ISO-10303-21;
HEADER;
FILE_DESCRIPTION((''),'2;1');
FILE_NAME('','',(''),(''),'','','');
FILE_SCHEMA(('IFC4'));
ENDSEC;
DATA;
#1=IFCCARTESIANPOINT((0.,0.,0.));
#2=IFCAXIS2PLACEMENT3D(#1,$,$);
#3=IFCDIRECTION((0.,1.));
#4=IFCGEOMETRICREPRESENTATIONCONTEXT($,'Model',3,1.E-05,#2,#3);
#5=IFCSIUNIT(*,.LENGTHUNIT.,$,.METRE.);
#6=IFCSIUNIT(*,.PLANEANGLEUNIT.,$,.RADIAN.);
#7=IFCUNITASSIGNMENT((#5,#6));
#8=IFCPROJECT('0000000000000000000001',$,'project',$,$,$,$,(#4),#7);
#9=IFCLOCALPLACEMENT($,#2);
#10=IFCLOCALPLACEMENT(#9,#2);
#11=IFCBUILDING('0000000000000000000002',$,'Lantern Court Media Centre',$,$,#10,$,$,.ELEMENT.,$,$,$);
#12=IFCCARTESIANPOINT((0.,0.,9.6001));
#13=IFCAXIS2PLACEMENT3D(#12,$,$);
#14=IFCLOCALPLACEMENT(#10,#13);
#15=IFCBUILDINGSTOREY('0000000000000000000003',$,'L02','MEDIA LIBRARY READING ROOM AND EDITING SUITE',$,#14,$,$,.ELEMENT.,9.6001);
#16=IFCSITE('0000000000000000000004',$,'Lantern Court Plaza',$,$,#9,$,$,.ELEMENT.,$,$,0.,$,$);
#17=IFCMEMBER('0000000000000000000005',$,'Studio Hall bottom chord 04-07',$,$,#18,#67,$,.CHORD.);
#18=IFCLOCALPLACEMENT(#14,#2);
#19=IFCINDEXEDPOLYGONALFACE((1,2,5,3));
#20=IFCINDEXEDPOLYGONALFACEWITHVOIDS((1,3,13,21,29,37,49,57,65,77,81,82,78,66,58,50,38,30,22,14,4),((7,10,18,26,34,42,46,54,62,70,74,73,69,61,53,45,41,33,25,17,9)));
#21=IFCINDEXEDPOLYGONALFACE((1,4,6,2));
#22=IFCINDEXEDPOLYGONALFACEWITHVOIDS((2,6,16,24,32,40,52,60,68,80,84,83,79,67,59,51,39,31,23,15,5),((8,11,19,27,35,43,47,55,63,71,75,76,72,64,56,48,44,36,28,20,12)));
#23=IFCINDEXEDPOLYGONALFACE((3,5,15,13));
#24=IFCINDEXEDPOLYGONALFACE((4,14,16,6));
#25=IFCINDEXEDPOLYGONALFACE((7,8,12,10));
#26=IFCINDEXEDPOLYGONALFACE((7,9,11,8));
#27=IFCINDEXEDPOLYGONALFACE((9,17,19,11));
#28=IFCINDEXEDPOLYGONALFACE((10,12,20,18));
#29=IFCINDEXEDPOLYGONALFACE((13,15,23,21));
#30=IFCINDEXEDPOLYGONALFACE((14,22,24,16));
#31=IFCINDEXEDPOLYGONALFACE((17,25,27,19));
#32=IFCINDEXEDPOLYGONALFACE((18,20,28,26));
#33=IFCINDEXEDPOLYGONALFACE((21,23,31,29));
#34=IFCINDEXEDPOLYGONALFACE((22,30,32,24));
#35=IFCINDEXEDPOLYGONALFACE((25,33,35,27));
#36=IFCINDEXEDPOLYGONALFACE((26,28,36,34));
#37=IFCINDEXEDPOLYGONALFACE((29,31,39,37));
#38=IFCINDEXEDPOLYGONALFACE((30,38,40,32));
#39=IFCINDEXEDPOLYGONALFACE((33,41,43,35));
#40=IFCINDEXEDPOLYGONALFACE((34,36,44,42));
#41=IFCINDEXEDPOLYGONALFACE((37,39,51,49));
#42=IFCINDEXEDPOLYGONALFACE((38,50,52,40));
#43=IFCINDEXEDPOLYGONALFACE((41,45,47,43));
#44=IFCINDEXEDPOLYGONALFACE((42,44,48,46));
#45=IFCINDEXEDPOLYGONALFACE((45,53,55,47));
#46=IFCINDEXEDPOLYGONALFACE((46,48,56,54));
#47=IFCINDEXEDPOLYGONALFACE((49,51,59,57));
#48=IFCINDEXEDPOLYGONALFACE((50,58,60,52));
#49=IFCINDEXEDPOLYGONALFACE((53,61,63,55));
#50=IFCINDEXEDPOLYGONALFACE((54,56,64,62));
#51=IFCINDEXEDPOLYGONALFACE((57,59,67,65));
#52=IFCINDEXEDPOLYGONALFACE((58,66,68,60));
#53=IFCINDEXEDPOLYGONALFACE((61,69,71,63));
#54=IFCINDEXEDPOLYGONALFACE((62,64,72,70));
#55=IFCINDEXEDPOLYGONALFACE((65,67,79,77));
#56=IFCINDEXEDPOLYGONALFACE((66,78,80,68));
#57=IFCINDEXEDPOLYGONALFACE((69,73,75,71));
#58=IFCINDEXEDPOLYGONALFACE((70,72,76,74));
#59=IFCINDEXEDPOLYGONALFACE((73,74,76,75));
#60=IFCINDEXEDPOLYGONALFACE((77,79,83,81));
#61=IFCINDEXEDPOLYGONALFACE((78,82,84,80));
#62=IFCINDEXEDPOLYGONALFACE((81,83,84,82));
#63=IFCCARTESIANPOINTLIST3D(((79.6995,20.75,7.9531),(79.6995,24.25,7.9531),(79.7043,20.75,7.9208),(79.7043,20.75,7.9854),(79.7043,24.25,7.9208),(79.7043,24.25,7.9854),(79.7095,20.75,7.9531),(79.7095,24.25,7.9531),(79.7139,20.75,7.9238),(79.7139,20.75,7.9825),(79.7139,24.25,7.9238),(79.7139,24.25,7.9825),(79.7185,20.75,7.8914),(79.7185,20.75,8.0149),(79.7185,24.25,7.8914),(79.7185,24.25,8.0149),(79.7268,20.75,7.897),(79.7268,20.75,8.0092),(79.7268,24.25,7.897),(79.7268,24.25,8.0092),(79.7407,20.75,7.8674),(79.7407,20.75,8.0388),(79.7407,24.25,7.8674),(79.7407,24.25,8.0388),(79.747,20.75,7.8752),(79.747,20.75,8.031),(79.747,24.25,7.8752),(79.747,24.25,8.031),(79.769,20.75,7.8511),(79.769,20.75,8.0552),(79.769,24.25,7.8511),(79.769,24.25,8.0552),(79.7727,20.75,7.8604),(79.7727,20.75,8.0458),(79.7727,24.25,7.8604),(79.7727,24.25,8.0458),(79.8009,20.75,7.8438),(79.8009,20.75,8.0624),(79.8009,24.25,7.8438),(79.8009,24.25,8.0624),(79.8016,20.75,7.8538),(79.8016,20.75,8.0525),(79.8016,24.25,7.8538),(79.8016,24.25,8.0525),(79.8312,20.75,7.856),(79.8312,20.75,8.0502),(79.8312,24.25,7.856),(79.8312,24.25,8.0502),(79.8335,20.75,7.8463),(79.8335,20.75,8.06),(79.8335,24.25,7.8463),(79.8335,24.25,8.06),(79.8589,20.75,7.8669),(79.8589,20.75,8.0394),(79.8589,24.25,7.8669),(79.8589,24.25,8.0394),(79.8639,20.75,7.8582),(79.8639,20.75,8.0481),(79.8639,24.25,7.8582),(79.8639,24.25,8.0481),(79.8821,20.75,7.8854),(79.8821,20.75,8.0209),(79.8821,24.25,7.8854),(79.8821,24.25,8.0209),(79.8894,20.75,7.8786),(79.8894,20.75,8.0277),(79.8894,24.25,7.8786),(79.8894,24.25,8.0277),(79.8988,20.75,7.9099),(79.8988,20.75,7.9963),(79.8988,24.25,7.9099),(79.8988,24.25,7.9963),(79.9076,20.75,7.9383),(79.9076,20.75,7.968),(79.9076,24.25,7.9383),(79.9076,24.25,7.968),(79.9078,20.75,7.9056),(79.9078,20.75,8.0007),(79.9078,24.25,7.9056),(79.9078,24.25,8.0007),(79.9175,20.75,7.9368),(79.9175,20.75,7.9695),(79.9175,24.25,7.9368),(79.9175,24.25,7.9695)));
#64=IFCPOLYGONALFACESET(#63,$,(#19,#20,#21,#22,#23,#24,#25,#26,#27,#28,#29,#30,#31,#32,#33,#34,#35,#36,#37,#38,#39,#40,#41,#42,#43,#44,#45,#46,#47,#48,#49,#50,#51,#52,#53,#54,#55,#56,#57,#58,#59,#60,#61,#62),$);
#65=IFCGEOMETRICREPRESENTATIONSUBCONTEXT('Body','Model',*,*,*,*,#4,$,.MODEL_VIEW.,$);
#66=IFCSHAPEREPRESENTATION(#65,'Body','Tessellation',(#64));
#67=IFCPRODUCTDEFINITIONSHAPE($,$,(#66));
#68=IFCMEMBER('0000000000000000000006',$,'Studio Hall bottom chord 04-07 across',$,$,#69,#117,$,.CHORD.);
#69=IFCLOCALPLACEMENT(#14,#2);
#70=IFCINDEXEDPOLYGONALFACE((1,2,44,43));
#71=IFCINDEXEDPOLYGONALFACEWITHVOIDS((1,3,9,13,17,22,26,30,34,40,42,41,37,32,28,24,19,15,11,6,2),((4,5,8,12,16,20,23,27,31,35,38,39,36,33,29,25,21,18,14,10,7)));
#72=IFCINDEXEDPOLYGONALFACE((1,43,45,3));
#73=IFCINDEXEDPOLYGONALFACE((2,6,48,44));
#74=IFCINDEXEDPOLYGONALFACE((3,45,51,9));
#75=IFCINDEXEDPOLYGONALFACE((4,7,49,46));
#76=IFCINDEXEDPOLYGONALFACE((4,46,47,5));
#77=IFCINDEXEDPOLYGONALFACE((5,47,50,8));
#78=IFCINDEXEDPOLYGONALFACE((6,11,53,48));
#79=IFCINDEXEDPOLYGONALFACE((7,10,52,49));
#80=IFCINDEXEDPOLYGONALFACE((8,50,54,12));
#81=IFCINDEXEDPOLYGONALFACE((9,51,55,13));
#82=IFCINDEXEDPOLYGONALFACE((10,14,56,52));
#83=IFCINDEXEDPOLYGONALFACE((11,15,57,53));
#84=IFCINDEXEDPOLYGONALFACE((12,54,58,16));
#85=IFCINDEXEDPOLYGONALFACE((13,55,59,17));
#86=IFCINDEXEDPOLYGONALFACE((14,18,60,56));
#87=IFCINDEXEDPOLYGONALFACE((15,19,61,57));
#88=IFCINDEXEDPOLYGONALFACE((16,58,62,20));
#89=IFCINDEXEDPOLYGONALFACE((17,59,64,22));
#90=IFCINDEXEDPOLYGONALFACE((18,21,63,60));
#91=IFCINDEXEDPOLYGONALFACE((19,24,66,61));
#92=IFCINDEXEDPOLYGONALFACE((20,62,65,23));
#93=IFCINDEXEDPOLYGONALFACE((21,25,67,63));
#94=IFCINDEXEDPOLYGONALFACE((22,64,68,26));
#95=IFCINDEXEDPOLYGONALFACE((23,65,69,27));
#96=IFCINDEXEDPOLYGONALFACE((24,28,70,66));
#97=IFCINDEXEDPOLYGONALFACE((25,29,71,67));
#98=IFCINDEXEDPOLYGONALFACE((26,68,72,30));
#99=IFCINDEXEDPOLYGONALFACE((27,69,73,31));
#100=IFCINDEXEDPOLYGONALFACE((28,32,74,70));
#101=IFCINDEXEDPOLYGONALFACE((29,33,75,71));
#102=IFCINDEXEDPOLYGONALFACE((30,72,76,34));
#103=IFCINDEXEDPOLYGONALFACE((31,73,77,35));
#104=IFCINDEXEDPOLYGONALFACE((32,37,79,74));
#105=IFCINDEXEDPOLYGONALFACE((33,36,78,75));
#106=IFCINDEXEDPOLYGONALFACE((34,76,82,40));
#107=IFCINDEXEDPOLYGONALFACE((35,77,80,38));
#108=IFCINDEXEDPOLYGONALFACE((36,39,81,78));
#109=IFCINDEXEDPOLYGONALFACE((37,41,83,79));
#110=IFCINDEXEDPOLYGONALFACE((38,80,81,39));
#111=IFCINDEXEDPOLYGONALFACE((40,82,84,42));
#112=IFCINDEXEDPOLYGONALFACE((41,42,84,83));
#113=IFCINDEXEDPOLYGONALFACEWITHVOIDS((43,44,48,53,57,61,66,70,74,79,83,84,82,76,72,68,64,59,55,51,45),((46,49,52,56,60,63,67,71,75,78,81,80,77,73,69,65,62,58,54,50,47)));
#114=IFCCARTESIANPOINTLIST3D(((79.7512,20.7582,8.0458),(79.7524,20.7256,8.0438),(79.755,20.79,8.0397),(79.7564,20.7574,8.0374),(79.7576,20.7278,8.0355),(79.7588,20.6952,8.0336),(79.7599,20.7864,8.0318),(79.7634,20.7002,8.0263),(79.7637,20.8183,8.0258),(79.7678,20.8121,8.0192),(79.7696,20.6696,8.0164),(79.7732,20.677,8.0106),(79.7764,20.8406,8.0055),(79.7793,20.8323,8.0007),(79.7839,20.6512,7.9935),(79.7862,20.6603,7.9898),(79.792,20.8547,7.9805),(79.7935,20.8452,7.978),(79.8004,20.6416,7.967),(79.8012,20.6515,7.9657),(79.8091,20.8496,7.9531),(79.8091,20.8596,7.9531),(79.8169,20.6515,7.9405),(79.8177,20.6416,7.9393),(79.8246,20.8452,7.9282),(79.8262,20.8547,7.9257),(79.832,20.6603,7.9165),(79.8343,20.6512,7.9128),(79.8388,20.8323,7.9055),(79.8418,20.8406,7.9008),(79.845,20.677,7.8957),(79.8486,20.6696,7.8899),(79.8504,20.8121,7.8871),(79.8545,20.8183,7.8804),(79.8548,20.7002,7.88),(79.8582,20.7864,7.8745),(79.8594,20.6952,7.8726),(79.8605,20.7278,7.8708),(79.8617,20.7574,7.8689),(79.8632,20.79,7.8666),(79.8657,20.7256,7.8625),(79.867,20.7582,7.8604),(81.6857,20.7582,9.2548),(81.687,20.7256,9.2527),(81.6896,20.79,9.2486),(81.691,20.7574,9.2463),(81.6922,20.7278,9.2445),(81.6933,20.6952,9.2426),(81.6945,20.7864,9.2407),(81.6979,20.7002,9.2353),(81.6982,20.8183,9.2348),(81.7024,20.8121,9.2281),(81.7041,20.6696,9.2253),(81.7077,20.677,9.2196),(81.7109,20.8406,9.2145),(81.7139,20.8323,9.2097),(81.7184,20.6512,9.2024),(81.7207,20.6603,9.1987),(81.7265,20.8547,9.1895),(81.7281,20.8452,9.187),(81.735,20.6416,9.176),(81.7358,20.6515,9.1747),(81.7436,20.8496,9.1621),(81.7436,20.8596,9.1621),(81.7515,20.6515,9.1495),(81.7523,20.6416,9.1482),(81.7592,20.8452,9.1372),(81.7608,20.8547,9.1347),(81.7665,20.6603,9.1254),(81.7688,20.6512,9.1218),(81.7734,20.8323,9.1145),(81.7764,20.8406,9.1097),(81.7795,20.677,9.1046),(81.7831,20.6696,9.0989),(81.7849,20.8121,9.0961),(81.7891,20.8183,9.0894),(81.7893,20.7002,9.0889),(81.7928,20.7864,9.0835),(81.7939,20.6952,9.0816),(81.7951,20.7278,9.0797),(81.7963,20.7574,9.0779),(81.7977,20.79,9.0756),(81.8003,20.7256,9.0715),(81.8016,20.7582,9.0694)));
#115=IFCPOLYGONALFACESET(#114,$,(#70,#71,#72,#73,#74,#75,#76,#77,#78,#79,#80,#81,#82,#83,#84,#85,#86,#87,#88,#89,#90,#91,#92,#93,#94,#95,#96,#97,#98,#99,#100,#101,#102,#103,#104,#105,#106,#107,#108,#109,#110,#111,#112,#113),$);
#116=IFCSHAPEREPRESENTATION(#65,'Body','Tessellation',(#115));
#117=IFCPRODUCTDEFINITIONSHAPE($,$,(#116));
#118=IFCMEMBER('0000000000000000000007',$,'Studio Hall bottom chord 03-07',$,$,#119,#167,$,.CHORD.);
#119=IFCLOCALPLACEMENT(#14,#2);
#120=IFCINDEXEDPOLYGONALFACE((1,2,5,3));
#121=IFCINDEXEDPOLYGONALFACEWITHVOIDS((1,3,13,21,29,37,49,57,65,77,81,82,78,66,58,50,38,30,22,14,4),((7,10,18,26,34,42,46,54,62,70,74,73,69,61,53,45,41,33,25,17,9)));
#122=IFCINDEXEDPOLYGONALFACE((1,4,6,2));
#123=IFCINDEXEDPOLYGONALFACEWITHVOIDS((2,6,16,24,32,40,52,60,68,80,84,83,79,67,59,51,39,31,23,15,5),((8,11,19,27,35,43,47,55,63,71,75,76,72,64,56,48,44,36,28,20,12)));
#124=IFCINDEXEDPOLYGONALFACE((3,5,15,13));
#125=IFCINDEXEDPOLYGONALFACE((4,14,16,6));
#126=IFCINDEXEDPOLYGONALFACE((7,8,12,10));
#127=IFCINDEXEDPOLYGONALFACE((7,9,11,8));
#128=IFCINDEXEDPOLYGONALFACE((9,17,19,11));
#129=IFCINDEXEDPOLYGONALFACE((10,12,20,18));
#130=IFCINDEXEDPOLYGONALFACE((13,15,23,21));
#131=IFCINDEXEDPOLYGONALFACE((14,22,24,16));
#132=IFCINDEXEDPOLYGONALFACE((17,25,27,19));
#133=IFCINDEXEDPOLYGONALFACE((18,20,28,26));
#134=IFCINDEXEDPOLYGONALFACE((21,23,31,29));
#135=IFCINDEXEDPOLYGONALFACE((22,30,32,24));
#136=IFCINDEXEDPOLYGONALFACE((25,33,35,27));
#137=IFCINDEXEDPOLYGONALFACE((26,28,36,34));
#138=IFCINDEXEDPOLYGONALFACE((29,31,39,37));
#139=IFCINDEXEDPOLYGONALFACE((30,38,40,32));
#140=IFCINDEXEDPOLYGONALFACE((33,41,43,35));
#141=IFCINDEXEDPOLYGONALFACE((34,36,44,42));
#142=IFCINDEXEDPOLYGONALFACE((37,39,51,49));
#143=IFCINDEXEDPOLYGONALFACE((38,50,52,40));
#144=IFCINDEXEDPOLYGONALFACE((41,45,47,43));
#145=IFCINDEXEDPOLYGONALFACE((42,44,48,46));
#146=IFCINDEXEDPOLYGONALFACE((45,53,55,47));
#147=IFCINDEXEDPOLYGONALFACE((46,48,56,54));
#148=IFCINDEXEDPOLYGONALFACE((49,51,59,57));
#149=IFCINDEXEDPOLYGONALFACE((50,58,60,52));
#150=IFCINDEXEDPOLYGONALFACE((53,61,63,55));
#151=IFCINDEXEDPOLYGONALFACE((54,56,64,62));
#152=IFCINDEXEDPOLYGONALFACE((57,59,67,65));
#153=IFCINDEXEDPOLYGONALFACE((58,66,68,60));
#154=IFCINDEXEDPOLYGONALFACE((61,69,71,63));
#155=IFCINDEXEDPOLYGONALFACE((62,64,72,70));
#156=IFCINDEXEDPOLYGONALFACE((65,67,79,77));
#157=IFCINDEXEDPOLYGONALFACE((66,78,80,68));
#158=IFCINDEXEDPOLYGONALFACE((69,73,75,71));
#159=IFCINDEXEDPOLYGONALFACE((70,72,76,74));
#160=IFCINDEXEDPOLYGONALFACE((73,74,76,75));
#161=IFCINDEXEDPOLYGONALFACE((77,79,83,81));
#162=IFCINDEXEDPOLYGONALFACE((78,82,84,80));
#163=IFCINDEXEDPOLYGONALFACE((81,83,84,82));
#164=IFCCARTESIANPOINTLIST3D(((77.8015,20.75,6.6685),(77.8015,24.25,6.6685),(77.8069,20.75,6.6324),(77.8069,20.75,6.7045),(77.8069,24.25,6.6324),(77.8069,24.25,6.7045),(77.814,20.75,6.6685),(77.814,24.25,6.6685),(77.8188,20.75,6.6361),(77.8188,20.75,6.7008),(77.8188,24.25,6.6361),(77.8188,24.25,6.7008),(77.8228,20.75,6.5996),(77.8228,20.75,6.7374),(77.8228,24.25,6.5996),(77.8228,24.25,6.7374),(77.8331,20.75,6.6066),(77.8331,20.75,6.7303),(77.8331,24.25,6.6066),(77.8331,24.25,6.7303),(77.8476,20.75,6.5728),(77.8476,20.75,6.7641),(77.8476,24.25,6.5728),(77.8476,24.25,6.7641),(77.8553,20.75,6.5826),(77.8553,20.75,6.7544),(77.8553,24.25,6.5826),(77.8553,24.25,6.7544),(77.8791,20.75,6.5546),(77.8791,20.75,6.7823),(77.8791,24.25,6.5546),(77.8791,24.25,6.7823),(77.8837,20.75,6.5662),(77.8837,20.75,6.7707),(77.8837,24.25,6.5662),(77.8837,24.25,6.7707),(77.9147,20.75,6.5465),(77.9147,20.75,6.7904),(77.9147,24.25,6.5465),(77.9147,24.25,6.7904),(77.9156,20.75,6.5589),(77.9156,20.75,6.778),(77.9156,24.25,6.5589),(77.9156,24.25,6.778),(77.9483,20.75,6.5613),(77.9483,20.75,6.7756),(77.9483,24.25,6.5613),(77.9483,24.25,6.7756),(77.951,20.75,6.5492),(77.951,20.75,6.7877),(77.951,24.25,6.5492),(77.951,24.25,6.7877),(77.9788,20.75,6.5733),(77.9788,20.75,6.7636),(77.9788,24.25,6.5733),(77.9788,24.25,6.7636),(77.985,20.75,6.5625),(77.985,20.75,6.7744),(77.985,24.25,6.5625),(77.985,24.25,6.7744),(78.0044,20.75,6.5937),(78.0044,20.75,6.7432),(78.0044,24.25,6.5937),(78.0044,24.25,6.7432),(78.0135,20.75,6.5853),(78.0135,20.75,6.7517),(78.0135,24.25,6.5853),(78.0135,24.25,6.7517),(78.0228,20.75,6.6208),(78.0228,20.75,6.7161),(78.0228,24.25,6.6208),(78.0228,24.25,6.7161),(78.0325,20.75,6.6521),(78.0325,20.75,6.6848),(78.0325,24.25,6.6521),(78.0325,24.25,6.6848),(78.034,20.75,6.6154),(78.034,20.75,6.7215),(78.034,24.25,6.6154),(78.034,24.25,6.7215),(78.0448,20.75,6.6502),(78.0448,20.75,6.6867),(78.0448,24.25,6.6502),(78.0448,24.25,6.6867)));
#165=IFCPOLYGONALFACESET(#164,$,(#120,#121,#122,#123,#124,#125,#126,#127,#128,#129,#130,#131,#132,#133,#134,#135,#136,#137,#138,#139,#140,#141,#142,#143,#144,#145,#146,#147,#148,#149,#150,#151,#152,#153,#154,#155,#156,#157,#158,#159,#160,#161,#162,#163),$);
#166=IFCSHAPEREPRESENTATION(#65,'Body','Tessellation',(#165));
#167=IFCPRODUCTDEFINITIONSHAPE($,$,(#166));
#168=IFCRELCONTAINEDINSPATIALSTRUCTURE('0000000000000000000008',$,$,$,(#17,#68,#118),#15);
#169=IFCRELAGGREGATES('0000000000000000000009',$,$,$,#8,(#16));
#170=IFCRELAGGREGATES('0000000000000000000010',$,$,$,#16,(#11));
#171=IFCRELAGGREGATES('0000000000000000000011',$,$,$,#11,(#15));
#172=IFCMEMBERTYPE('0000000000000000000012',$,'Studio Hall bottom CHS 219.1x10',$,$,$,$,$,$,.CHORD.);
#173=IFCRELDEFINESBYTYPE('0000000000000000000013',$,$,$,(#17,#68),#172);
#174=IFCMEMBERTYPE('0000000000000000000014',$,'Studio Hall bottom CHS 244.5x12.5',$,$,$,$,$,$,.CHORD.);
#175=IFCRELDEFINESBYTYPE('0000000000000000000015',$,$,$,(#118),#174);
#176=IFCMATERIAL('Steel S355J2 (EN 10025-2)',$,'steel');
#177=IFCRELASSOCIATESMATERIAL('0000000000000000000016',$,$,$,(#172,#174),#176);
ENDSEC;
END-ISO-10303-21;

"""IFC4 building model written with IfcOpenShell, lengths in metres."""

from ifc_helpers import new_model, si_unit, direction, frame, origin, origin_2d, place, context, subcontext, project, spatial, hollow_circle, extrude, material, material_profile, profile_set, type_object, element, save


model = new_model("IFC4")

# Units and contexts
model_context = context("Model", 3, precision=1e-05, world=origin(), true_north=direction((0.0, 1.0)))
body_context = subcontext(model_context, "Body", "Model", "MODEL_VIEW")
ifc_project = project(units=[si_unit("LENGTHUNIT", "METRE"), si_unit("PLANEANGLEUNIT", "RADIAN")], contexts=[model_context])

# Site, building, storey
site_placement = place(None, origin())
site = spatial("IfcSite", under=ifc_project, at=site_placement, Name="Lantern Court Plaza", CompositionType="ELEMENT", RefElevation=0.0)
building_placement = place(site_placement, origin())
building = spatial("IfcBuilding", under=site, at=building_placement, Name="Lantern Court Media Centre", CompositionType="ELEMENT")
storey_placement = place(building_placement, frame((0.0, 0.0, 9.6001)))
storey = spatial("IfcBuildingStorey", under=building, at=storey_placement, Name="L02", Description="MEDIA LIBRARY READING ROOM AND EDITING SUITE", CompositionType="ELEMENT", Elevation=9.6001)

# Members
ifc_material = material(Name="Steel S355J2 (EN 10025-2)", Category="steel")
ifc_material_profile_1 = material_profile(ifc_material, hollow_circle(Radius=0.1096, WallThickness=0.01, at=origin_2d()), Name="Studio Hall bottom CHS 219.1x10")
ifc_profile_set_1 = profile_set([ifc_material_profile_1], Name="Steel S355J2 (EN 10025-2)")
member_type_1 = type_object("IfcMemberType", Name="Studio Hall bottom CHS 219.1x10", PredefinedType="CHORD", material=ifc_profile_set_1)
member_1_placement = place(storey_placement, frame((79.8091, 20.75, 7.9531), z_axis=(0.0, 1.0, 0.0), x_axis=(-1.0, 0.0, 0.0)))
element("IfcMember", 1, at=member_1_placement, inside=storey, type_object=member_type_1, Name="Studio Hall bottom chord 04-07", PredefinedType="CHORD", context=body_context, shape_type="SweptSolid", body=[
    extrude(hollow_circle(Radius=0.1096, WallThickness=0.01, at=origin_2d()), origin(), (0.0, 0.0, 1.0), 3.5),
])
member_2_placement = place(storey_placement, frame((79.8091, 20.75, 7.9531), z_axis=(0.848022, 0.0, 0.52996), x_axis=(0.0, 1.0, 0.0)))
element("IfcMember", 2, at=member_2_placement, inside=storey, type_object=member_type_1, Name="Studio Hall bottom chord 04-07 across", PredefinedType="CHORD", context=body_context, shape_type="SweptSolid", body=[
    extrude(hollow_circle(Radius=0.1096, WallThickness=0.01, at=origin_2d()), origin(), (0.0, 0.0, 1.0), 2.2812),
])
ifc_material_profile_2 = material_profile(ifc_material, hollow_circle(Radius=0.1223, WallThickness=0.0125, at=origin_2d()), Name="Studio Hall bottom CHS 244.5x12.5")
ifc_profile_set_2 = profile_set([ifc_material_profile_2], Name="Steel S355J2 (EN 10025-2)")
member_type_2 = type_object("IfcMemberType", Name="Studio Hall bottom CHS 244.5x12.5", PredefinedType="CHORD", material=ifc_profile_set_2)
member_3_placement = place(storey_placement, frame((77.9238, 20.75, 6.6685), z_axis=(0.0, 1.0, 0.0), x_axis=(-1.0, 0.0, 0.0)))
element("IfcMember", 3, at=member_3_placement, inside=storey, type_object=member_type_2, Name="Studio Hall bottom chord 03-07", PredefinedType="CHORD", context=body_context, shape_type="SweptSolid", body=[
    extrude(hollow_circle(Radius=0.1223, WallThickness=0.0125, at=origin_2d()), origin(), (0.0, 0.0, 1.0), 3.5),
])

save(model, "model.ifc")
